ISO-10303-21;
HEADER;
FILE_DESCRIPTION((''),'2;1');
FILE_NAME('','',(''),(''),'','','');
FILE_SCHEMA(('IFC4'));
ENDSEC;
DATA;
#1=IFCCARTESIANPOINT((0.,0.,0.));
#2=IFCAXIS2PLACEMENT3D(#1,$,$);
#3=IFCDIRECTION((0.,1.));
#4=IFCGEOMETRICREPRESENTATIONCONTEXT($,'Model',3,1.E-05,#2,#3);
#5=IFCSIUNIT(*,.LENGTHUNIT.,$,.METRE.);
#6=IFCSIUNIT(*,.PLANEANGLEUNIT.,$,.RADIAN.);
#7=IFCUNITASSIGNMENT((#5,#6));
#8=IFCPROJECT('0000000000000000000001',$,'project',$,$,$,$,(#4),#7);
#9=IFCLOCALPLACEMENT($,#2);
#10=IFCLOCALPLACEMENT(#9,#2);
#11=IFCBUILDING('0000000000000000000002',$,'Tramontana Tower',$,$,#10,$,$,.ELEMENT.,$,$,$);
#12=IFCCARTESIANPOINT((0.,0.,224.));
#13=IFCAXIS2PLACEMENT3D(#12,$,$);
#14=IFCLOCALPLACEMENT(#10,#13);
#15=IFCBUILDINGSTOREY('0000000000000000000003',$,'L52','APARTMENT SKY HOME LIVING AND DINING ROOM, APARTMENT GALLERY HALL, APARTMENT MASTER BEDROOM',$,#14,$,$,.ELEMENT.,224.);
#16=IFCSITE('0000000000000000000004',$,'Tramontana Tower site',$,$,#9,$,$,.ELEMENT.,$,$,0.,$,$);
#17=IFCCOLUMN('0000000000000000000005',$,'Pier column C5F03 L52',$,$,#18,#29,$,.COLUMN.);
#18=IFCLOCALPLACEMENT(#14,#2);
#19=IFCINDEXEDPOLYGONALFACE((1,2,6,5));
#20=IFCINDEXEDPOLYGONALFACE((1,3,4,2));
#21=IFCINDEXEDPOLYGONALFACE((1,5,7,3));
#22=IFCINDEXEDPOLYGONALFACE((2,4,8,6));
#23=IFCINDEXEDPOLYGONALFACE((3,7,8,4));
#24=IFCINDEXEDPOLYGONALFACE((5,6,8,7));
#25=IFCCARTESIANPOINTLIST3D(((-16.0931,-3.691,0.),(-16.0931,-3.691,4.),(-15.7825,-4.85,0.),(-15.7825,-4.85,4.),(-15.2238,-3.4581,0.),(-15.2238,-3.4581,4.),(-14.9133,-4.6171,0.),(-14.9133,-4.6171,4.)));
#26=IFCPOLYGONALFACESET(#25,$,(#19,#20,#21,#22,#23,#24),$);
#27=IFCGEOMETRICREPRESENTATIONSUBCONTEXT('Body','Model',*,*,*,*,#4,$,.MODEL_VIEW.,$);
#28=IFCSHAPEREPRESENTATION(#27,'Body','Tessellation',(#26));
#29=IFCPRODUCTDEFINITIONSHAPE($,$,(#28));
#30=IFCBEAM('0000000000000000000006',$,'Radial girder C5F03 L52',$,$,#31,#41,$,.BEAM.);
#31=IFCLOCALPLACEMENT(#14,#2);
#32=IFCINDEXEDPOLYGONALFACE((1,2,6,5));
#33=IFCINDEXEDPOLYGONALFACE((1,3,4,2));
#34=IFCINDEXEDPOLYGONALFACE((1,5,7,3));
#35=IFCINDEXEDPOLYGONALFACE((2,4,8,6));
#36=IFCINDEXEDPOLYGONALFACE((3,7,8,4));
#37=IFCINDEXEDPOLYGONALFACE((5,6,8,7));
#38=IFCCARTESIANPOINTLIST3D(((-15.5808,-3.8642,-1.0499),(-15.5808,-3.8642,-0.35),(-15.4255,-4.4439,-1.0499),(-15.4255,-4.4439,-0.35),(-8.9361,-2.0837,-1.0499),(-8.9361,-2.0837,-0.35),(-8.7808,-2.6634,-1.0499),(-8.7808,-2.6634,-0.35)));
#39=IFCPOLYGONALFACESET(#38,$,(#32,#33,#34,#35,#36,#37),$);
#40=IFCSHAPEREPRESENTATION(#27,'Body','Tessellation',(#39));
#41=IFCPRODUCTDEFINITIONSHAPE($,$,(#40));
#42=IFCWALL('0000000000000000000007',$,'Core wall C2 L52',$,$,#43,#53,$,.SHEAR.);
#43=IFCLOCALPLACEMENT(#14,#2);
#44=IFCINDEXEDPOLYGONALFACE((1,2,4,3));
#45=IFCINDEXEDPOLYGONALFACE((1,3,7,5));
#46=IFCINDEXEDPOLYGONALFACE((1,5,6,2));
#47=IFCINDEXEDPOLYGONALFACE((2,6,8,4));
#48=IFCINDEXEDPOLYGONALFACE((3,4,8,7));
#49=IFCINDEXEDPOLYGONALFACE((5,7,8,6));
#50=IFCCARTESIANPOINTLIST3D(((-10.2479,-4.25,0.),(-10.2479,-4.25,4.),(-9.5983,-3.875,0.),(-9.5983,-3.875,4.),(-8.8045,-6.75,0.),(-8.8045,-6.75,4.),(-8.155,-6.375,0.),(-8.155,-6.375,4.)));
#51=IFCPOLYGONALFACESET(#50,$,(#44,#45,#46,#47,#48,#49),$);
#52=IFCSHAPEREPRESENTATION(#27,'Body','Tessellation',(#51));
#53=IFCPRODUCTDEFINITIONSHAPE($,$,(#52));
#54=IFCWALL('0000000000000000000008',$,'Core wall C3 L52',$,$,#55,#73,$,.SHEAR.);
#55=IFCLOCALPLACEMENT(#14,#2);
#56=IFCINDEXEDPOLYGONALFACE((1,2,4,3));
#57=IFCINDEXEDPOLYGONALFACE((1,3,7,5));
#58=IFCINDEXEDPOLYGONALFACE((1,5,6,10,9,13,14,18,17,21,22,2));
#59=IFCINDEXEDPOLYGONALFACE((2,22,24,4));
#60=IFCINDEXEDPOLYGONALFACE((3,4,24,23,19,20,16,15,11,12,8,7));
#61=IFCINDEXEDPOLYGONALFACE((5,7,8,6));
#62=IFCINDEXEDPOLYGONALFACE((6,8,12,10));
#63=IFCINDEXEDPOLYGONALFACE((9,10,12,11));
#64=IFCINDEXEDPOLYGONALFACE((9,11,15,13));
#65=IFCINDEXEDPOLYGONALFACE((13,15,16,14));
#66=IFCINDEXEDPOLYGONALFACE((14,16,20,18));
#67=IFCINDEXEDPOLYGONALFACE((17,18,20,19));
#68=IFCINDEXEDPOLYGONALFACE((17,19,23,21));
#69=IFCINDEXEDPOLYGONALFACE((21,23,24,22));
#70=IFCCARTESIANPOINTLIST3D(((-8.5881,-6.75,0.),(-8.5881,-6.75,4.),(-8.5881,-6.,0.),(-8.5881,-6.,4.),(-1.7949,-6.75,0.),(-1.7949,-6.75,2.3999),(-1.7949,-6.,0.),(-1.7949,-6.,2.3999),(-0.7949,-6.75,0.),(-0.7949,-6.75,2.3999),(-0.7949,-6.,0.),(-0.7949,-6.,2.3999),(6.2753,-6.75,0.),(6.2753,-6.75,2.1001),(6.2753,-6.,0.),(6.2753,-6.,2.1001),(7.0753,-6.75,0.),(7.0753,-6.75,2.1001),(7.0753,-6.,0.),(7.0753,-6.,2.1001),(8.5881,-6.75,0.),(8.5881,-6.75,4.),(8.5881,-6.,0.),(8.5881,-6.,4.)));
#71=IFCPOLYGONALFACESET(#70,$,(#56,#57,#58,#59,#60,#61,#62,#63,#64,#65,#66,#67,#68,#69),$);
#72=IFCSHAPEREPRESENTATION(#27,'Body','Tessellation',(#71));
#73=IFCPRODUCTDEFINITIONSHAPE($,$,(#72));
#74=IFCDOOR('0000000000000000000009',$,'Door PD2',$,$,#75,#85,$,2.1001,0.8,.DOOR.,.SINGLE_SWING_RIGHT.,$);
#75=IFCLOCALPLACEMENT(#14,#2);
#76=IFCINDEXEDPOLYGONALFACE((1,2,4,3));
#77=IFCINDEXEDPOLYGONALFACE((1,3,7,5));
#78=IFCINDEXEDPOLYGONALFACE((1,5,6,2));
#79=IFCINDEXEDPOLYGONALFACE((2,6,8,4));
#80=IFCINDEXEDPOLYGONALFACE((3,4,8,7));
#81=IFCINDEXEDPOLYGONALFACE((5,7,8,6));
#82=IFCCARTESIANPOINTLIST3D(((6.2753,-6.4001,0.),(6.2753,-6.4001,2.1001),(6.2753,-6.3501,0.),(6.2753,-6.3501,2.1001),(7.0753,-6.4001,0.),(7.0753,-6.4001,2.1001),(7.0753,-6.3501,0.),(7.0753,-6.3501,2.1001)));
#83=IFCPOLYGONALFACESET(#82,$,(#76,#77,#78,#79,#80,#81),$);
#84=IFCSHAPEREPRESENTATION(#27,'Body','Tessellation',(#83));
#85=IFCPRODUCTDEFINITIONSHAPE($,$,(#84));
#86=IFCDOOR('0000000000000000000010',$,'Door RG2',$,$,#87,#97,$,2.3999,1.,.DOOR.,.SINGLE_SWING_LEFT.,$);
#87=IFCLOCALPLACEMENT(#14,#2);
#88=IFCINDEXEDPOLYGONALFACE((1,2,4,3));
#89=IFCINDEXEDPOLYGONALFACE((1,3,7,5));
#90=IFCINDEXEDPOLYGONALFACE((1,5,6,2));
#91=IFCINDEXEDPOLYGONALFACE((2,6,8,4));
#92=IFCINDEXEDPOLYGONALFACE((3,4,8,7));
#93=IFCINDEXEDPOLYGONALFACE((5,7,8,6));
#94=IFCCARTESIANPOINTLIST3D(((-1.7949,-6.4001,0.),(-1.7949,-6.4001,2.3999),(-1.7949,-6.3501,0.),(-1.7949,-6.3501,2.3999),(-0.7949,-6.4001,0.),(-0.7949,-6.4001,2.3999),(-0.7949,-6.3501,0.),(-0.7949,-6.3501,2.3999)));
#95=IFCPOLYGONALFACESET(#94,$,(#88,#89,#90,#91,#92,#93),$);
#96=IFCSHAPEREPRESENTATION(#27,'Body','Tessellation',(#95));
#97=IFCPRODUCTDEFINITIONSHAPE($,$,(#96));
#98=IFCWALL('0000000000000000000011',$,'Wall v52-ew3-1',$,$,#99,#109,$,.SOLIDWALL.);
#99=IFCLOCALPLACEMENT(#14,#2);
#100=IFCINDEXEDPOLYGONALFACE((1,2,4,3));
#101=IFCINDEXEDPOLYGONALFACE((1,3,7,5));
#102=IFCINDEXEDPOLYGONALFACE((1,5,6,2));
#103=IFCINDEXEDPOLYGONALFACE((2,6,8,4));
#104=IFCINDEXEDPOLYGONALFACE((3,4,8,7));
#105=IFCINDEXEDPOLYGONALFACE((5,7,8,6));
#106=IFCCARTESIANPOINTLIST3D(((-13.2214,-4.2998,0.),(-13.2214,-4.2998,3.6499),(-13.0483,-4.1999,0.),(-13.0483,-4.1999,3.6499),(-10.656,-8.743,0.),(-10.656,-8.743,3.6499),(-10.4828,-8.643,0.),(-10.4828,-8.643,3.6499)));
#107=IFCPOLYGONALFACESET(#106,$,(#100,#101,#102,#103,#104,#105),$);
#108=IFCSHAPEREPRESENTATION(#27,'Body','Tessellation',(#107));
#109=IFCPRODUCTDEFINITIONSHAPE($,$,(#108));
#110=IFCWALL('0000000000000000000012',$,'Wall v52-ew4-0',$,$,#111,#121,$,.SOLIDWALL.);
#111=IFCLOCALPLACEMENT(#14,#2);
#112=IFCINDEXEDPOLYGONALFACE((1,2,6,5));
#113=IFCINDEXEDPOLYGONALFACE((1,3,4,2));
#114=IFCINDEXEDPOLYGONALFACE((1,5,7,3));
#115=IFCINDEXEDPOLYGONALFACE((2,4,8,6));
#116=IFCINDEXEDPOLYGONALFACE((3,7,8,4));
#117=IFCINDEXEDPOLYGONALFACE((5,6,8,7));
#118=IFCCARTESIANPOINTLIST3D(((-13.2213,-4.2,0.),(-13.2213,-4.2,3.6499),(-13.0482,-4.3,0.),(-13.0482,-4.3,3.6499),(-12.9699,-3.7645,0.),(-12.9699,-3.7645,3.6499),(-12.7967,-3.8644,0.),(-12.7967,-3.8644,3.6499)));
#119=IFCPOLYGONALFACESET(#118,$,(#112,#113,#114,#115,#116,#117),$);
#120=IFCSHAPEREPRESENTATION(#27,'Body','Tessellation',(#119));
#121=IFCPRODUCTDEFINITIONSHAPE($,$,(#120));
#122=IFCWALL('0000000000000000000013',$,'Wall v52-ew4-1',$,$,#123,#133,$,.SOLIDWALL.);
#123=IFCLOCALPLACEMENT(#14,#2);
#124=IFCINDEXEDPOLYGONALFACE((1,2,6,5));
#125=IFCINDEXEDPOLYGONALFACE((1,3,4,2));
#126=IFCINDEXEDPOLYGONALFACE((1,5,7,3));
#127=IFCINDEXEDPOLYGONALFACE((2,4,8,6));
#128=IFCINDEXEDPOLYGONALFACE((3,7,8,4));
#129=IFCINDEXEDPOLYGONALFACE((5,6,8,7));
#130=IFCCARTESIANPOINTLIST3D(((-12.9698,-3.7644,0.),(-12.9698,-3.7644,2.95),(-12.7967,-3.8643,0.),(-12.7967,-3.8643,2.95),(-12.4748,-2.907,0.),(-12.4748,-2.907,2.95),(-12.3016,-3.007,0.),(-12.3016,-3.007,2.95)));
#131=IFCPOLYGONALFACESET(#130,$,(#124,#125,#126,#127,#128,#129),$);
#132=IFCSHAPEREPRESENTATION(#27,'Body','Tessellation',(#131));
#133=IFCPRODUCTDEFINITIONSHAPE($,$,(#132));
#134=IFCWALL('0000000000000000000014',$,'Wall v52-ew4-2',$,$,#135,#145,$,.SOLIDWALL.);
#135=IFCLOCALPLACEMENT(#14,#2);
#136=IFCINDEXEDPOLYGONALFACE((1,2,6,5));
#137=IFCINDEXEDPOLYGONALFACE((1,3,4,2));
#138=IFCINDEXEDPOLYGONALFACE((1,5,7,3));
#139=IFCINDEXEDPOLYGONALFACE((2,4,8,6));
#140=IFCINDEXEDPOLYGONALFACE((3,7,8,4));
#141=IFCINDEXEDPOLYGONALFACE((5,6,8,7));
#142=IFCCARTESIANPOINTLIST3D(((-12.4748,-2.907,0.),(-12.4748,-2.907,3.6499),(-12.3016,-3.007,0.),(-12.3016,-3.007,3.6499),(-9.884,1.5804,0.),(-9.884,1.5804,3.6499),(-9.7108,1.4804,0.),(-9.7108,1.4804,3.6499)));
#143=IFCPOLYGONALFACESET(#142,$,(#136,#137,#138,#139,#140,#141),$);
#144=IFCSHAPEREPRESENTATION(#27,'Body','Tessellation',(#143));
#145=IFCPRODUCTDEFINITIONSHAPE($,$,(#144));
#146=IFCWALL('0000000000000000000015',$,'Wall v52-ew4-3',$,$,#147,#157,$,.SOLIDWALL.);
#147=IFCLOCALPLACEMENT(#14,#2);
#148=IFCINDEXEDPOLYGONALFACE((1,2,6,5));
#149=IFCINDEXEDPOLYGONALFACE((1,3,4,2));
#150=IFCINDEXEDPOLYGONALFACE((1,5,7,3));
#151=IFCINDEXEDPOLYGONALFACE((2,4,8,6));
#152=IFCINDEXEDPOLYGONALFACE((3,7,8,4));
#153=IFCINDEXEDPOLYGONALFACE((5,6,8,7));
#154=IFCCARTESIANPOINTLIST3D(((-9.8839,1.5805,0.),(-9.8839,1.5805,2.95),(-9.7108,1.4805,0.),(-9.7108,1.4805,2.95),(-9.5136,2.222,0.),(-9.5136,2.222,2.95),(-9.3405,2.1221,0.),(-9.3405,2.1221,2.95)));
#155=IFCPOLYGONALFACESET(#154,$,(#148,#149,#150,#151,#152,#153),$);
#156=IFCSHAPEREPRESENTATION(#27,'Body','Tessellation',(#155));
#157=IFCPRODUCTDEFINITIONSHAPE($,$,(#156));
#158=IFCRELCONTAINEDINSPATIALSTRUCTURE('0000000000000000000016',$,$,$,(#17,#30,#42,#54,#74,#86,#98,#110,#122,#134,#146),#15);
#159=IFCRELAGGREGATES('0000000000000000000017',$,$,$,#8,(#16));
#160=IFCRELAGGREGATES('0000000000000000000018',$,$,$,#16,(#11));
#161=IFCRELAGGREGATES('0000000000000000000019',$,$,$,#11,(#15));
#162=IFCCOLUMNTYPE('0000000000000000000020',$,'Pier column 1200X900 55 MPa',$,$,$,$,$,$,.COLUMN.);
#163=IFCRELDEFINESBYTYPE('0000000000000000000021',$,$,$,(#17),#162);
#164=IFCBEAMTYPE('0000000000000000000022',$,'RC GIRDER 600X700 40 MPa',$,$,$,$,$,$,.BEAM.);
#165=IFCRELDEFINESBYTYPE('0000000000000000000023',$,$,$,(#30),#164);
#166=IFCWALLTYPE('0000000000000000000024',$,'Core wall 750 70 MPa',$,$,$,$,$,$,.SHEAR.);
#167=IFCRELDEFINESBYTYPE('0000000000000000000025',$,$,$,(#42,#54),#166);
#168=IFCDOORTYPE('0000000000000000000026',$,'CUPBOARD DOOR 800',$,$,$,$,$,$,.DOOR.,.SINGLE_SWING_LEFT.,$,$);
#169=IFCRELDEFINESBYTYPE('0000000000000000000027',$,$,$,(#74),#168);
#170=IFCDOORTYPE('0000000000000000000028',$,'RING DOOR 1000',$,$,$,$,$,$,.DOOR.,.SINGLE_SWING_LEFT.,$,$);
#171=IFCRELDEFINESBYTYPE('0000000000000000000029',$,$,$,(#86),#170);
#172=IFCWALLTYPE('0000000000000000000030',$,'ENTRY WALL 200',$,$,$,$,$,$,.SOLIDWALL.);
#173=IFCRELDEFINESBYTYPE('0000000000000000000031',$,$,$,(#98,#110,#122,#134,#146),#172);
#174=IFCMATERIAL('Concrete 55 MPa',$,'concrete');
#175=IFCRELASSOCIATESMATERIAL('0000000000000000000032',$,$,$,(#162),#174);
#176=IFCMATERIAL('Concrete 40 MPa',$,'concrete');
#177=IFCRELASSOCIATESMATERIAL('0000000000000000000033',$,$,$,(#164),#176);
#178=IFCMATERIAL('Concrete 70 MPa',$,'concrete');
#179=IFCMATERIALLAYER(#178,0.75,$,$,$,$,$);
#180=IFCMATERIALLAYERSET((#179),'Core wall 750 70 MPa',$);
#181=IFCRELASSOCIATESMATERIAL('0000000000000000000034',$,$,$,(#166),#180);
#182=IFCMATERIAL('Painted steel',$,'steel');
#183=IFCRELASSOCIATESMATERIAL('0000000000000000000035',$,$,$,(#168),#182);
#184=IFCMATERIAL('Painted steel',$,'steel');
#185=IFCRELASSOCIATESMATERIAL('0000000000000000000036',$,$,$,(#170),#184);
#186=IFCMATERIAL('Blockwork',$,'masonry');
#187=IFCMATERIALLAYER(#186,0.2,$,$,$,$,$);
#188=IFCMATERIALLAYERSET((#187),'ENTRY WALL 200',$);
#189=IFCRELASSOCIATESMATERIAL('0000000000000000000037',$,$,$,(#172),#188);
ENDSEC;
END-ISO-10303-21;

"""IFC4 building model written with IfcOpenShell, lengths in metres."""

from ifc_helpers import new_model, si_unit, direction, frame, frame_2d, origin, origin_2d, place, context, subcontext, project, spatial, rectangle, extrude, material, layer, layer_set, material_profile, profile_set, type_object, element, fill, save


model = new_model("IFC4")

# Units and contexts
model_context = context("Model", 3, precision=1e-05, world=origin(), true_north=direction((0.0, 1.0)))
body_context = subcontext(model_context, "Body", "Model", "MODEL_VIEW")
ifc_project = project(units=[si_unit("LENGTHUNIT", "METRE"), si_unit("PLANEANGLEUNIT", "RADIAN")], contexts=[model_context])

# Site, building, storey
site_placement = place(None, origin())
site = spatial("IfcSite", under=ifc_project, at=site_placement, Name="Tramontana Tower site", CompositionType="ELEMENT", RefElevation=0.0)
building_placement = place(site_placement, origin())
building = spatial("IfcBuilding", under=site, at=building_placement, Name="Tramontana Tower", CompositionType="ELEMENT")
storey_placement = place(building_placement, frame((0.0, 0.0, 224.0)))
storey = spatial("IfcBuildingStorey", under=building, at=storey_placement, Name="L52", Description="APARTMENT SKY HOME LIVING AND DINING ROOM, APARTMENT GALLERY HALL, APARTMENT MASTER BEDROOM", CompositionType="ELEMENT", Elevation=224.0)

# Column
ifc_material_1 = material(Name="Concrete 55 MPa", Category="concrete")
ifc_material_profile_1 = material_profile(ifc_material_1, rectangle(XDim=1.2, YDim=0.8999, at=origin_2d()), Name="Pier column 1200X900 55 MPa")
ifc_profile_set_1 = profile_set([ifc_material_profile_1], Name="Concrete 55 MPa")
column_type = type_object("IfcColumnType", Name="Pier column 1200X900 55 MPa", PredefinedType="COLUMN", material=ifc_profile_set_1)
column_placement = place(storey_placement, frame((-15.5032, -4.1541, 0.0), z_axis=(0.0, 0.0, 1.0), x_axis=(0.258819, -0.965926, 0.0)))
element("IfcColumn", 1, at=column_placement, inside=storey, type_object=column_type, Name="Pier column C5F03 L52", PredefinedType="COLUMN", context=body_context, shape_type="SweptSolid", body=[
    extrude(rectangle(XDim=1.2, YDim=0.8999, at=origin_2d()), origin(), (0.0, 0.0, 1.0), 4.0),
])

# Beam
ifc_material_2 = material(Name="Concrete 40 MPa", Category="concrete")
ifc_material_profile_2 = material_profile(ifc_material_2, rectangle(XDim=0.6001, YDim=0.7, at=origin_2d()), Name="RC GIRDER 600X700 40 MPa")
ifc_profile_set_2 = profile_set([ifc_material_profile_2], Name="Concrete 40 MPa")
beam_type = type_object("IfcBeamType", Name="RC GIRDER 600X700 40 MPa", PredefinedType="BEAM", material=ifc_profile_set_2)
beam_placement = place(storey_placement, frame((-15.5032, -4.1541, -0.7), z_axis=(0.965924, 0.258827, 0.0), x_axis=(-0.258827, 0.965924, 0.0)))
element("IfcBeam", 2, at=beam_placement, inside=storey, type_object=beam_type, Name="Radial girder C5F03 L52", PredefinedType="BEAM", context=body_context, shape_type="SweptSolid", body=[
    extrude(rectangle(XDim=0.6001, YDim=0.7, at=origin_2d()), origin(), (0.0, 0.0, 1.0), 6.8792),
])

# Wall
ifc_material_3 = material(Name="Concrete 70 MPa", Category="concrete")
ifc_layer_1 = layer(ifc_material_3, 0.75)
ifc_layer_set_1 = layer_set([ifc_layer_1], Name="Core wall 750 70 MPa")
wall_type_1 = type_object("IfcWallType", Name="Core wall 750 70 MPa", PredefinedType="SHEAR", material=ifc_layer_set_1)
wall_1_placement = place(storey_placement, frame((-9.9231, -4.0625, 0.0), z_axis=(0.0, 0.0, 1.0), x_axis=(0.499996, -0.866028, 0.0)))
element("IfcWall", 3, at=wall_1_placement, inside=storey, type_object=wall_type_1, Name="Core wall C2 L52", PredefinedType="SHEAR", context=body_context, shape_type="SweptSolid", body=[
    extrude(rectangle(XDim=2.8867, YDim=0.75, at=frame_2d((1.4434, 0.0))), origin(), (0.0, 0.0, 1.0), 4.0),
])

# Wall, openings, doors
wall_2_placement = place(storey_placement, frame((-8.5881, -6.375, 0.0), z_axis=(0.0, 0.0, 1.0), x_axis=(1.0, 0.0, 0.0)))
wall_2 = element("IfcWall", 4, at=wall_2_placement, inside=storey, type_object=wall_type_1, Name="Core wall C3 L52", PredefinedType="SHEAR", context=body_context, shape_type="SweptSolid", body=[
    extrude(rectangle(XDim=17.1763, YDim=0.75, at=frame_2d((8.5881, 0.0))), origin(), (0.0, 0.0, 1.0), 4.0),
])
opening_1_placement = place(wall_2_placement, frame((6.7932, 0.0, 0.0)))
opening_1 = element("IfcOpeningElement", 5, at=opening_1_placement, cuts=wall_2, PredefinedType="OPENING", context=body_context, shape_type="SweptSolid", body=[
    extrude(rectangle(XDim=1.0, YDim=2.3999, at=frame_2d((0.5, 1.2))), frame((0.0, 0.385, 0.0), z_axis=(0.0, -1.0, 0.0), x_axis=(1.0, 0.0, 0.0)), (0.0, 0.0, 1.0), 0.77),
])
opening_2_placement = place(wall_2_placement, frame((14.8635, 0.0, 0.0)))
opening_2 = element("IfcOpeningElement", 6, at=opening_2_placement, cuts=wall_2, PredefinedType="OPENING", context=body_context, shape_type="SweptSolid", body=[
    extrude(rectangle(XDim=0.8, YDim=2.1001, at=frame_2d((0.3999, 1.05))), frame((0.0, 0.385, 0.0), z_axis=(0.0, -1.0, 0.0), x_axis=(1.0, 0.0, 0.0)), (0.0, 0.0, 1.0), 0.77),
])
ifc_material_4 = material(Name="Painted steel", Category="steel")
door_type_1 = type_object("IfcDoorType", Name="CUPBOARD DOOR 800", OperationType="SINGLE_SWING_LEFT", PredefinedType="DOOR", material=ifc_material_4)
door_1_placement = place(opening_2_placement, origin())
door_1 = element("IfcDoor", 7, at=door_1_placement, inside=storey, type_object=door_type_1, Name="Door PD2", OperationType="SINGLE_SWING_RIGHT", OverallHeight=2.1001, OverallWidth=0.8, PredefinedType="DOOR", context=body_context, shape_type="SweptSolid", body=[
    extrude(rectangle(XDim=0.8, YDim=2.1001, at=frame_2d((0.3999, 1.05))), frame((0.0, 0.0249, 0.0), z_axis=(0.0, -1.0, 0.0), x_axis=(1.0, 0.0, 0.0)), (0.0, 0.0, 1.0), 0.05),
])
fill(opening_2, door_1)
ifc_material_5 = material(Name="Painted steel", Category="steel")
door_type_2 = type_object("IfcDoorType", Name="RING DOOR 1000", OperationType="SINGLE_SWING_LEFT", PredefinedType="DOOR", material=ifc_material_5)
door_2_placement = place(opening_1_placement, origin())
door_2 = element("IfcDoor", 8, at=door_2_placement, inside=storey, type_object=door_type_2, Name="Door RG2", OperationType="SINGLE_SWING_LEFT", OverallHeight=2.3999, OverallWidth=1.0, PredefinedType="DOOR", context=body_context, shape_type="SweptSolid", body=[
    extrude(rectangle(XDim=1.0, YDim=2.3999, at=frame_2d((0.5, 1.2))), frame((0.0, 0.0249, 0.0), z_axis=(0.0, -1.0, 0.0), x_axis=(1.0, 0.0, 0.0)), (0.0, 0.0, 1.0), 0.05),
])
fill(opening_1, door_2)

# Walls
ifc_material_6 = material(Name="Blockwork", Category="masonry")
ifc_layer_2 = layer(ifc_material_6, 0.2)
ifc_layer_set_2 = layer_set([ifc_layer_2], Name="ENTRY WALL 200")
wall_type_2 = type_object("IfcWallType", Name="ENTRY WALL 200", PredefinedType="SOLIDWALL", material=ifc_layer_set_2)
wall_3_placement = place(storey_placement, frame((-10.5693, -8.6931, 0.0), z_axis=(0.0, 0.0, 1.0), x_axis=(-0.500029, 0.866009, 0.0)))
element("IfcWall", 9, at=wall_3_placement, inside=storey, type_object=wall_type_2, Name="Wall v52-ew3-1", PredefinedType="SOLIDWALL", context=body_context, shape_type="SweptSolid", body=[
    extrude(rectangle(XDim=5.1306, YDim=0.2, at=frame_2d((2.5654, 0.0))), origin(), (0.0, 0.0, 1.0), 3.6499),
])
wall_4_placement = place(storey_placement, frame((-13.1348, -4.25, 0.0), z_axis=(0.0, 0.0, 1.0), x_axis=(0.500003, 0.866024, 0.0)))
element("IfcWall", 10, at=wall_4_placement, inside=storey, type_object=wall_type_2, Name="Wall v52-ew4-0", PredefinedType="SOLIDWALL", context=body_context, shape_type="SweptSolid", body=[
    extrude(rectangle(XDim=0.5029, YDim=0.2, at=frame_2d((0.2515, 0.0))), origin(), (0.0, 0.0, 1.0), 3.6499),
])
wall_5_placement = place(storey_placement, frame((-12.8833, -3.8145, 0.0), z_axis=(0.0, 0.0, 1.0), x_axis=(0.500064, 0.865988, 0.0)))
element("IfcWall", 11, at=wall_5_placement, inside=storey, type_object=wall_type_2, Name="Wall v52-ew4-1", PredefinedType="SOLIDWALL", context=body_context, shape_type="SweptSolid", body=[
    extrude(rectangle(XDim=0.99, YDim=0.2, at=frame_2d((0.4951, 0.0))), origin(), (0.0, 0.0, 1.0), 2.95),
])
wall_6_placement = place(storey_placement, frame((-12.3882, -2.957, 0.0), z_axis=(0.0, 0.0, 1.0), x_axis=(0.49999, 0.866031, 0.0)))
element("IfcWall", 12, at=wall_6_placement, inside=storey, type_object=wall_type_2, Name="Wall v52-ew4-2", PredefinedType="SOLIDWALL", context=body_context, shape_type="SweptSolid", body=[
    extrude(rectangle(XDim=5.1816, YDim=0.2, at=frame_2d((2.5908, 0.0))), origin(), (0.0, 0.0, 1.0), 3.6499),
])
wall_7_placement = place(storey_placement, frame((-9.7974, 1.5305, 0.0), z_axis=(0.0, 0.0, 1.0), x_axis=(0.499932, 0.866065, 0.0)))
element("IfcWall", 13, at=wall_7_placement, inside=storey, type_object=wall_type_2, Name="Wall v52-ew4-3", PredefinedType="SOLIDWALL", context=body_context, shape_type="SweptSolid", body=[
    extrude(rectangle(XDim=0.7407, YDim=0.2, at=frame_2d((0.3704, 0.0))), origin(), (0.0, 0.0, 1.0), 2.95),
])

save(model, "model.ifc")
